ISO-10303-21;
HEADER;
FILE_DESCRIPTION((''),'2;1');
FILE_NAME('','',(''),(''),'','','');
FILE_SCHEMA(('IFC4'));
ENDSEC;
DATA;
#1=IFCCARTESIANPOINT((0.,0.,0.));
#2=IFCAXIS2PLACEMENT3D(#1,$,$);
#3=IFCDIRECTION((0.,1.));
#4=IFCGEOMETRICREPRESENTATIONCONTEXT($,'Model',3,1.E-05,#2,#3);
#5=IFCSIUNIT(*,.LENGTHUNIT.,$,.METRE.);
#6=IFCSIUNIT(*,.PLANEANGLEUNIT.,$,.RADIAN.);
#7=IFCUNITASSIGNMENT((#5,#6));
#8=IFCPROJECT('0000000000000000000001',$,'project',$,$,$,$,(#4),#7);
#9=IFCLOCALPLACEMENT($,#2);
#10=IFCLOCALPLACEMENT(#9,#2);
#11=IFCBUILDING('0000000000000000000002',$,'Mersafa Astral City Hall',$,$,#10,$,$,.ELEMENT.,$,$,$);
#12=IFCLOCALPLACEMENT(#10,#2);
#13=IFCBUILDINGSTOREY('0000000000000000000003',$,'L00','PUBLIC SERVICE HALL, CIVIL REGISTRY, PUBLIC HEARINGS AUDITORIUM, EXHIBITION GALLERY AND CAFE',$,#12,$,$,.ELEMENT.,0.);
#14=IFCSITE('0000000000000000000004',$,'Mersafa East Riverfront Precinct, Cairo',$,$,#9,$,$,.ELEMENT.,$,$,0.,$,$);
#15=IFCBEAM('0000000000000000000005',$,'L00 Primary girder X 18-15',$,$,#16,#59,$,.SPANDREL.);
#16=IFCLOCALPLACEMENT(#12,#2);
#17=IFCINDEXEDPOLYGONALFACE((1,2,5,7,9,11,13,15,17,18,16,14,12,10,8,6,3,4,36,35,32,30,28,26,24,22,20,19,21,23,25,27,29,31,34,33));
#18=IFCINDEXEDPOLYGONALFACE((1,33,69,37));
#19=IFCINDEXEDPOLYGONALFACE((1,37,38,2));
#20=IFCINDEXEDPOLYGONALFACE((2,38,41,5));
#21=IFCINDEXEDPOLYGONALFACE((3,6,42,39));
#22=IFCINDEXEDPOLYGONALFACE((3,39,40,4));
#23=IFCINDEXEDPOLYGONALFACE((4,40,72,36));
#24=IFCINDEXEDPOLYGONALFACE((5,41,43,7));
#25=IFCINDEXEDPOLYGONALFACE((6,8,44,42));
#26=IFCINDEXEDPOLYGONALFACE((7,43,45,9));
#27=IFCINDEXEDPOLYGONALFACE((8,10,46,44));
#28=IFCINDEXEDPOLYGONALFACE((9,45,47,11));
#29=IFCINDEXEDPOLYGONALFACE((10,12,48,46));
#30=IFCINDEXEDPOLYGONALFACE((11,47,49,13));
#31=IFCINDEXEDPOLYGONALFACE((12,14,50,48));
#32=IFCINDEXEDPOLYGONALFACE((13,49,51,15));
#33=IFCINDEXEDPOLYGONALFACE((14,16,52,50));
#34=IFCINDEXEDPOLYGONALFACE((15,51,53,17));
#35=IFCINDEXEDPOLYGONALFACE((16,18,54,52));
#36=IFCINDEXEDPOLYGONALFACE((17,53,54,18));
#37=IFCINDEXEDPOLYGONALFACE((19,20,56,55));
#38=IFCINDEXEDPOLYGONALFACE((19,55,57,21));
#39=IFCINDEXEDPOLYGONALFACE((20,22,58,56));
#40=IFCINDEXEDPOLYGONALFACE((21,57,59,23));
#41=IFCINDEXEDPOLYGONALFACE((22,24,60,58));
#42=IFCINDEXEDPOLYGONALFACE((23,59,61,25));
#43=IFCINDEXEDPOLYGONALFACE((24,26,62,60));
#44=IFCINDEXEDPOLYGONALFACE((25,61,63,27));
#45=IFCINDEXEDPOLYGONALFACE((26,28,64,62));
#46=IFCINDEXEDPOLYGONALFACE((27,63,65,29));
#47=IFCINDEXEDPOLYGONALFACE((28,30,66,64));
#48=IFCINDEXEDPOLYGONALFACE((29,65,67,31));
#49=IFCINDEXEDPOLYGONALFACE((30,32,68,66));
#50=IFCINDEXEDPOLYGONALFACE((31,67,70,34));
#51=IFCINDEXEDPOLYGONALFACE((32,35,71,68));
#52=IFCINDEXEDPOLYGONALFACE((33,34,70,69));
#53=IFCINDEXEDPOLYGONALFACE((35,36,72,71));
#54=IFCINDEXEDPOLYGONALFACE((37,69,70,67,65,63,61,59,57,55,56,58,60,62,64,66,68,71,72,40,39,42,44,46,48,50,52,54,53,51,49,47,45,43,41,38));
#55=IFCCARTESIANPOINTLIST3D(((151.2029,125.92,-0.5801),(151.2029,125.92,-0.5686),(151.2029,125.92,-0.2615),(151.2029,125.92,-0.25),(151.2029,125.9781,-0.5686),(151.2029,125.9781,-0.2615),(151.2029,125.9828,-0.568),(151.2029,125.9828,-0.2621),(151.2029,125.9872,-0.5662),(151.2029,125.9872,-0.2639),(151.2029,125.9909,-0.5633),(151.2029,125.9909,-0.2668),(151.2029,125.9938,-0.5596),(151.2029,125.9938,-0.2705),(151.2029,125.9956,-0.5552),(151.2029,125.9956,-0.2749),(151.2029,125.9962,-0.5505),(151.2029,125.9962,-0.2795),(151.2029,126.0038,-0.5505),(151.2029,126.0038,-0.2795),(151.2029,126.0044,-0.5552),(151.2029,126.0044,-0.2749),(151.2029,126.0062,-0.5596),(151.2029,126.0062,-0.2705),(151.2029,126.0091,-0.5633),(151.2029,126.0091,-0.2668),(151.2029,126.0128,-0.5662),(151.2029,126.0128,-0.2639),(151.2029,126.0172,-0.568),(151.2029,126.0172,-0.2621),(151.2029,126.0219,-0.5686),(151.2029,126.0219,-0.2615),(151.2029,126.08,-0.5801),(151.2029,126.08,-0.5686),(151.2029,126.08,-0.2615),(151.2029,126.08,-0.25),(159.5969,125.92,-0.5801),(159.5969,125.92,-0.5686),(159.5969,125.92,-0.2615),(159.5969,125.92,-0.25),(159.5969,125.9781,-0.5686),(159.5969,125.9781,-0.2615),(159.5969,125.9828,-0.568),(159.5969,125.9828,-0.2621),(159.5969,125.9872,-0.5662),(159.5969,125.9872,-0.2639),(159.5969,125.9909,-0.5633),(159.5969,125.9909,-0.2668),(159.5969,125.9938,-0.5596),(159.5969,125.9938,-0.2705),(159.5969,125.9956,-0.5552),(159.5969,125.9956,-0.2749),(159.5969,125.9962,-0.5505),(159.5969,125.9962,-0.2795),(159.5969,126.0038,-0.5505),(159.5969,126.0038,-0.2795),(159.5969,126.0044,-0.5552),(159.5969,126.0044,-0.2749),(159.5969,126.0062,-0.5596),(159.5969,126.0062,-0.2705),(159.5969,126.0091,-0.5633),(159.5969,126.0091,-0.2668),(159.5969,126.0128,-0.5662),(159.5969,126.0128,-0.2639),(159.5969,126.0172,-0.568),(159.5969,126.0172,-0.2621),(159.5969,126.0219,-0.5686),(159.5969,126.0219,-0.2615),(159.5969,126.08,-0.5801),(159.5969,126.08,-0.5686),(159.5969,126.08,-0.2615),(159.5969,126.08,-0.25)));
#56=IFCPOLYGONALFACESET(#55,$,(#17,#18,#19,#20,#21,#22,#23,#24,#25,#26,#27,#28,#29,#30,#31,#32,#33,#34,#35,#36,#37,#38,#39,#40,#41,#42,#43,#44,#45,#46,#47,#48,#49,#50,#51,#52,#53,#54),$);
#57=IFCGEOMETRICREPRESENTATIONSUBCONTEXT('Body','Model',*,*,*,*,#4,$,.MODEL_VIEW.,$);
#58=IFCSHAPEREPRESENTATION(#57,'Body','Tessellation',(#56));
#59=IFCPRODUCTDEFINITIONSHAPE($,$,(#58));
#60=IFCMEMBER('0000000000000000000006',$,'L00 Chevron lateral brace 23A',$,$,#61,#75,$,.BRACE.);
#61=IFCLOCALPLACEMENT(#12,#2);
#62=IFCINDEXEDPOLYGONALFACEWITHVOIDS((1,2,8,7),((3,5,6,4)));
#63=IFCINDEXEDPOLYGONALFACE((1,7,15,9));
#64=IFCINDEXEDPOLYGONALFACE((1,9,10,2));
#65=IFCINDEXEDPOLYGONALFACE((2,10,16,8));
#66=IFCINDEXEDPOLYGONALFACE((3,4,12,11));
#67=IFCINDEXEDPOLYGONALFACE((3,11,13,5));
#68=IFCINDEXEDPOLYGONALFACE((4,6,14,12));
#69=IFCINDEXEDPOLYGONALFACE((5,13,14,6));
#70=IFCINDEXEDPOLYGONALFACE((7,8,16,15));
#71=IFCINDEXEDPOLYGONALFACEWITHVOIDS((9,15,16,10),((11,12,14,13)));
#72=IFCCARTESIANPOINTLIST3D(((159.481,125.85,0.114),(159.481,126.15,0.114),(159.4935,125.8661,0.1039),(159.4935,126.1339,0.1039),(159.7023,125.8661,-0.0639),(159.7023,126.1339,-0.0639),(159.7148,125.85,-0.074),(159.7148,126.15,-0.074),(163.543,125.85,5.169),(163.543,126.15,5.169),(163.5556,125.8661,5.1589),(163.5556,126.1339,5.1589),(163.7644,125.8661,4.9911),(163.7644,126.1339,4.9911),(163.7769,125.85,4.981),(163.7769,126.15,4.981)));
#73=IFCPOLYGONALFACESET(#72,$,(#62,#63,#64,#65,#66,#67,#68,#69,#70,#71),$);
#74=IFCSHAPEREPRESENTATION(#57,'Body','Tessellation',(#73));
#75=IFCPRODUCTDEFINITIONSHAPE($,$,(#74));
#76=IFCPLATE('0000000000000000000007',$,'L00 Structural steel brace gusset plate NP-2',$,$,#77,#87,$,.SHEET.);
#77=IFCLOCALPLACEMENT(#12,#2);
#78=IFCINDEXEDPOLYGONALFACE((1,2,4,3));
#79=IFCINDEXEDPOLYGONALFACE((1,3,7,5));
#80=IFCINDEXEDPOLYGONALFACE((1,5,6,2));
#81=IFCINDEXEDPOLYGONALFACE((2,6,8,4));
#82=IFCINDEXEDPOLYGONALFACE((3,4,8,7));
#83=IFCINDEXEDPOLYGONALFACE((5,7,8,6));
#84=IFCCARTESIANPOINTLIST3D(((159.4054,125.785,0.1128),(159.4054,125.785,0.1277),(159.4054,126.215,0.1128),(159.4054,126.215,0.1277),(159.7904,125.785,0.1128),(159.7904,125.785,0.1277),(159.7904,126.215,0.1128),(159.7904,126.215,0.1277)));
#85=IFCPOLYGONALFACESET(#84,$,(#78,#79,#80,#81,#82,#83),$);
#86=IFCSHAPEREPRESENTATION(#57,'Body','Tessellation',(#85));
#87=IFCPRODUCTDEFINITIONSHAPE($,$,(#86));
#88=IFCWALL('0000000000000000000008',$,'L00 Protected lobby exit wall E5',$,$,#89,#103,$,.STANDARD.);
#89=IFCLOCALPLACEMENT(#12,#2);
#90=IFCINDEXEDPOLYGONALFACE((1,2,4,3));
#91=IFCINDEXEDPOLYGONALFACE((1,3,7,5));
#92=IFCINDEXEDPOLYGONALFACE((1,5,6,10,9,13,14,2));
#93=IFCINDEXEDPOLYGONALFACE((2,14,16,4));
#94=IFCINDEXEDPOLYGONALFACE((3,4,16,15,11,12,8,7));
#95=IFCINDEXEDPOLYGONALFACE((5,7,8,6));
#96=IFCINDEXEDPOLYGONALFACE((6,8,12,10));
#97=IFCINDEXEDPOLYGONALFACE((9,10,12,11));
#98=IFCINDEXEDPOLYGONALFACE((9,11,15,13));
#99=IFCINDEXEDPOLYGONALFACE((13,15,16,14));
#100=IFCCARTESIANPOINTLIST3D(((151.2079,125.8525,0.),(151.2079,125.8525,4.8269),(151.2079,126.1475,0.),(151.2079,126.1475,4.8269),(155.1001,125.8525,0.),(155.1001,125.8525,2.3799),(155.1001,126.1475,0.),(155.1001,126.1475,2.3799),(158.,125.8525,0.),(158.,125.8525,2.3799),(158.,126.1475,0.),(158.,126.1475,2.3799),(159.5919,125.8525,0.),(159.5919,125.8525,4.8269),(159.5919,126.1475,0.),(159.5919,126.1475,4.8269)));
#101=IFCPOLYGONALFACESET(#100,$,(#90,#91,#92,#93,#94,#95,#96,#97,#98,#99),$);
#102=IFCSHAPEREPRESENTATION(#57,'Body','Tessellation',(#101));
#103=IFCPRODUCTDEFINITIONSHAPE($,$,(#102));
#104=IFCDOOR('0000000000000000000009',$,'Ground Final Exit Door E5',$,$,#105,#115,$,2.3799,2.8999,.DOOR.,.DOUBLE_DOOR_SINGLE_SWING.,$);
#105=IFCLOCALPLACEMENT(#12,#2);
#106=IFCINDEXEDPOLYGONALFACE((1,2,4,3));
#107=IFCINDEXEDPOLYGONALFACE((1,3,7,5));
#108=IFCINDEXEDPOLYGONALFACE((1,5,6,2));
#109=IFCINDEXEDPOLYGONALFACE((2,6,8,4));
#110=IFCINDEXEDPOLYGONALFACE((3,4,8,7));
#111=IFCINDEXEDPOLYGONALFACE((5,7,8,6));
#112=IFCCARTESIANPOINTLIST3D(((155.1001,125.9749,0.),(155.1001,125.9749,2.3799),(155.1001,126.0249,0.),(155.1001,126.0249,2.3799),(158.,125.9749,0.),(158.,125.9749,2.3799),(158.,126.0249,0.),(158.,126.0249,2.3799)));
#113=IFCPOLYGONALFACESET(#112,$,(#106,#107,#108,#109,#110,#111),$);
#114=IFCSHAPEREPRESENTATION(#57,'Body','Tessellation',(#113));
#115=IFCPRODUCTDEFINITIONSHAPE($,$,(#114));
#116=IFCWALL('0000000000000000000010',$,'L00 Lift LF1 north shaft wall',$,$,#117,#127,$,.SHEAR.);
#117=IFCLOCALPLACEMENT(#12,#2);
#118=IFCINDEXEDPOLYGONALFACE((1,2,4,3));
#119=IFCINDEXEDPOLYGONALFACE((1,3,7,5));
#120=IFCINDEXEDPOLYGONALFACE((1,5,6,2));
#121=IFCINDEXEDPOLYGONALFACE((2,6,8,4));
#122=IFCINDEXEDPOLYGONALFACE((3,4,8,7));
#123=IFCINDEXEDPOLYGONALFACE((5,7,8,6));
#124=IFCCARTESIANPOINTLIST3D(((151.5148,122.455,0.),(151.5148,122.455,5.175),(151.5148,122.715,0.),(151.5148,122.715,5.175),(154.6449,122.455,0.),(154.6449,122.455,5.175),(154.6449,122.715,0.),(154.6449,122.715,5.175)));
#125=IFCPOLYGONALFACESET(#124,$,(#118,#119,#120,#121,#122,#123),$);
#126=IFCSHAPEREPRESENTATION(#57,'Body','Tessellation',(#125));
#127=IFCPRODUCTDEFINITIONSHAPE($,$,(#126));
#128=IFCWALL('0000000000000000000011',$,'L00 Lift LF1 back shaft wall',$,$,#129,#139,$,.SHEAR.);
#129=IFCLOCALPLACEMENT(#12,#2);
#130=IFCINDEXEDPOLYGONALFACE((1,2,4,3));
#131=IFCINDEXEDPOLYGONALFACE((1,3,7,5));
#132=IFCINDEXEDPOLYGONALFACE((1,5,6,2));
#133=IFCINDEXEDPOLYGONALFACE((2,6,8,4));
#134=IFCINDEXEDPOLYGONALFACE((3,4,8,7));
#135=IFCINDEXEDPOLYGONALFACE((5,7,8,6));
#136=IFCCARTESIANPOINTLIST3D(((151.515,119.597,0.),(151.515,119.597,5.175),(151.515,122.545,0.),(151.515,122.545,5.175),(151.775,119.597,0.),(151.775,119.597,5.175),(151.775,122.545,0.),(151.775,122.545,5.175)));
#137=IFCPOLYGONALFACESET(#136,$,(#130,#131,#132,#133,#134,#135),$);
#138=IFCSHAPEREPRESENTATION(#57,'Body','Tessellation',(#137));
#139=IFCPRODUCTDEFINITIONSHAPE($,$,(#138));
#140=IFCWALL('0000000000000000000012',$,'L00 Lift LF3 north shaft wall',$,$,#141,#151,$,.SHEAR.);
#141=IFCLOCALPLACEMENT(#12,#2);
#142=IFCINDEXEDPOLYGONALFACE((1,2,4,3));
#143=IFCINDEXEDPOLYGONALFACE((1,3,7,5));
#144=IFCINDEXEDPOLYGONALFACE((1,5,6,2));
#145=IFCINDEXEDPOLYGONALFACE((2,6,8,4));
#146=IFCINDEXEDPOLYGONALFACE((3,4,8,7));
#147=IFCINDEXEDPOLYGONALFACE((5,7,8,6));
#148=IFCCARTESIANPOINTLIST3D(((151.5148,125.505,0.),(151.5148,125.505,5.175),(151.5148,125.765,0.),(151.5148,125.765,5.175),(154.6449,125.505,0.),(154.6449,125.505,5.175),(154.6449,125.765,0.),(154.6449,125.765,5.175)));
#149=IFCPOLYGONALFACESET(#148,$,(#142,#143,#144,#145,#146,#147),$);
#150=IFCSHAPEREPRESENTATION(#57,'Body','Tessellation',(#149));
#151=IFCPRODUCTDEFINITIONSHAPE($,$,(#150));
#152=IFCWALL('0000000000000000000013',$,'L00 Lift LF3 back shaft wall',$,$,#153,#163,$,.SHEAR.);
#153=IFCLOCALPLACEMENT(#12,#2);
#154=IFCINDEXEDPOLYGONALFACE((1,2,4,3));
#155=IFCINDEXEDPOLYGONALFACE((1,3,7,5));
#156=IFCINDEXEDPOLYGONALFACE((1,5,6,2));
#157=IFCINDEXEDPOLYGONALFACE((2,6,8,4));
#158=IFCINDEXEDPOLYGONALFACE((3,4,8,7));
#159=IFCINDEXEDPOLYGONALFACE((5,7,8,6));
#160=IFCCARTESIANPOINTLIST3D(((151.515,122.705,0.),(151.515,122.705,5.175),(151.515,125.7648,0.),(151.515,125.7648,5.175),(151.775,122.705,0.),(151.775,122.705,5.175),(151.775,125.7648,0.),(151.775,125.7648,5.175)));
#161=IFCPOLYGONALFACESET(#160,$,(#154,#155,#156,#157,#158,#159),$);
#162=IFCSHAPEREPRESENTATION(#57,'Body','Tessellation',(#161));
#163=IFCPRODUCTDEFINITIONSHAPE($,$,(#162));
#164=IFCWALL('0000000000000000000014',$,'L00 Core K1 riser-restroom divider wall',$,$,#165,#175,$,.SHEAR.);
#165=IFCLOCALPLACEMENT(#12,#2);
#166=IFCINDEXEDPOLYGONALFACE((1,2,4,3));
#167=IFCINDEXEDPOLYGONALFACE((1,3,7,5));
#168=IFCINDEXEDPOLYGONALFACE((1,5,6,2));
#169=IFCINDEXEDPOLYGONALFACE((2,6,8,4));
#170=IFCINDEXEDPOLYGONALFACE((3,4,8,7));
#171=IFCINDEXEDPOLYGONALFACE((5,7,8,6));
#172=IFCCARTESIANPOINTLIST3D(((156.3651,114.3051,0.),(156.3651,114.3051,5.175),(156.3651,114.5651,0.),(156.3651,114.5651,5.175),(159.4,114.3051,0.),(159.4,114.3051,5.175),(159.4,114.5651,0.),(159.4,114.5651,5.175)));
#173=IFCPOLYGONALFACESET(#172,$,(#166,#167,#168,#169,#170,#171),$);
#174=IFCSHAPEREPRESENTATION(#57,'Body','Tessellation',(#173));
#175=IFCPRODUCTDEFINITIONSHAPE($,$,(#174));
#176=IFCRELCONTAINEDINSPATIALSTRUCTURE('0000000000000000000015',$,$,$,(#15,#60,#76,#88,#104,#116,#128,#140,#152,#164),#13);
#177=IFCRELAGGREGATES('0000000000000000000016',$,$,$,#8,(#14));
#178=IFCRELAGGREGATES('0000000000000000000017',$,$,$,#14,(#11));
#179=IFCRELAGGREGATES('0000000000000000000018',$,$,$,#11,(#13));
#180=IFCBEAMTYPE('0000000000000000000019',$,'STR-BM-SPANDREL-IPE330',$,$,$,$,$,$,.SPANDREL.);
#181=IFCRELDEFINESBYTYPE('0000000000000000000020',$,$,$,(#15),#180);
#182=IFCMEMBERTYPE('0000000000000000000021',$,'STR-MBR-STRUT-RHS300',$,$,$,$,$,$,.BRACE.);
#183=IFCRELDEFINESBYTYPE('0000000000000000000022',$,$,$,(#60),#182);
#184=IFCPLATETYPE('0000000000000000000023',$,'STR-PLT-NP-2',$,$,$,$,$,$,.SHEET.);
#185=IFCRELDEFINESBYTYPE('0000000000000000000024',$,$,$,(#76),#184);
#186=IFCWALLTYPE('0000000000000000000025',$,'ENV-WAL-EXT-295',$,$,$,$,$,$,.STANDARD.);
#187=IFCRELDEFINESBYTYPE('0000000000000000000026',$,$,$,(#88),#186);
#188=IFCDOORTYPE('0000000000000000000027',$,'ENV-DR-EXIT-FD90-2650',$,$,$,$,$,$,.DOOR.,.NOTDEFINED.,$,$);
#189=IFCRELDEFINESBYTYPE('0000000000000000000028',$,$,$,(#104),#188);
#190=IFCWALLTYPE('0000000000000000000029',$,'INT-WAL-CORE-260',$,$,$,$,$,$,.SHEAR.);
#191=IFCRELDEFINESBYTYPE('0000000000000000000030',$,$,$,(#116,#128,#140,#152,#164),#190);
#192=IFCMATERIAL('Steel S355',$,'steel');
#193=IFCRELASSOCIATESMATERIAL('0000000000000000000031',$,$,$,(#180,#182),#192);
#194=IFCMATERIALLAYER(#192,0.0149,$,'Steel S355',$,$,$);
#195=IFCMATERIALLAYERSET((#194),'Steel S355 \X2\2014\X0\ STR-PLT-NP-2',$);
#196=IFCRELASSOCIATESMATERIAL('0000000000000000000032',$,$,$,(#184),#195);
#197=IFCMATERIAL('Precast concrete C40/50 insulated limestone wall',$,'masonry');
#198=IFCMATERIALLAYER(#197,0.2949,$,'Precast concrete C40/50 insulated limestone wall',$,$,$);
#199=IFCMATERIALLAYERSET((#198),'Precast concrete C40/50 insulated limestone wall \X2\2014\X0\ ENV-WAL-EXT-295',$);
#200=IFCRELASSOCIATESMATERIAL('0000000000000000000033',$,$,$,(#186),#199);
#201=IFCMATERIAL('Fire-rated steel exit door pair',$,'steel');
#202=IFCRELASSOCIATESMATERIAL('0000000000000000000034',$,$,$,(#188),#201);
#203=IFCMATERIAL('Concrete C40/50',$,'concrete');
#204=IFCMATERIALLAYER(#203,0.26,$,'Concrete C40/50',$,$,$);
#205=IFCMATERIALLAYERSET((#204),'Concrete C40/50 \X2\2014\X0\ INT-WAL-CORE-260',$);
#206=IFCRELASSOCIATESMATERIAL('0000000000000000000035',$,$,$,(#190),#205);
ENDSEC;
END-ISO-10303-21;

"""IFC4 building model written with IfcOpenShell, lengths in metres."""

from ifc_helpers import new_model, si_unit, direction, frame, frame_2d, origin, origin_2d, place, context, subcontext, project, spatial, rectangle, hollow_rectangle, i_section, extrude, material, layer, layer_set, material_profile, profile_set, type_object, element, fill, save


model = new_model("IFC4")

# Units and contexts
model_context = context("Model", 3, precision=1e-05, world=origin(), true_north=direction((0.0, 1.0)))
body_context = subcontext(model_context, "Body", "Model", "MODEL_VIEW")
ifc_project = project(units=[si_unit("LENGTHUNIT", "METRE"), si_unit("PLANEANGLEUNIT", "RADIAN")], contexts=[model_context])

# Site, building, storey
site_placement = place(None, origin())
site = spatial("IfcSite", under=ifc_project, at=site_placement, Name="Mersafa East Riverfront Precinct, Cairo", CompositionType="ELEMENT", RefElevation=0.0)
building_placement = place(site_placement, origin())
building = spatial("IfcBuilding", under=site, at=building_placement, Name="Mersafa Astral City Hall", CompositionType="ELEMENT")
storey_placement = place(building_placement, origin())
storey = spatial("IfcBuildingStorey", under=building, at=storey_placement, Name="L00", Description="PUBLIC SERVICE HALL, CIVIL REGISTRY, PUBLIC HEARINGS AUDITORIUM, EXHIBITION GALLERY AND CAFE", CompositionType="ELEMENT", Elevation=0.0)

# Beam
ifc_material_1 = material(Name="Steel S355", Category="steel")
ifc_material_profile_1 = material_profile(ifc_material_1, i_section(OverallWidth=0.1599, OverallDepth=0.3301, WebThickness=0.0076, FlangeThickness=0.0115, FilletRadius=0.0181, at=origin_2d()), Name="IPE 330")
ifc_profile_set_1 = profile_set([ifc_material_profile_1], Name="Steel S355")
beam_type = type_object("IfcBeamType", Name="STR-BM-SPANDREL-IPE330", PredefinedType="SPANDREL", material=ifc_profile_set_1)
beam_placement = place(storey_placement, frame((151.2029, 126.0, -0.415), z_axis=(1.0, 0.0, 0.0), x_axis=(0.0, 1.0, 0.0)))
element("IfcBeam", 1, at=beam_placement, inside=storey, type_object=beam_type, Name="L00 Primary girder X 18-15", PredefinedType="SPANDREL", context=body_context, shape_type="SweptSolid", body=[
    extrude(i_section(OverallWidth=0.1599, OverallDepth=0.3301, WebThickness=0.0076, FlangeThickness=0.0115, FilletRadius=0.0181, at=origin_2d()), origin(), (0.0, 0.0, 1.0), 8.394),
])

# Member
ifc_material_profile_2 = material_profile(ifc_material_1, hollow_rectangle(XDim=0.3, YDim=0.3, WallThickness=0.0161, at=origin_2d()), Name="RHS 300x300x16")
ifc_profile_set_2 = profile_set([ifc_material_profile_2], Name="Steel S355")
member_type = type_object("IfcMemberType", Name="STR-MBR-STRUT-RHS300", PredefinedType="BRACE", material=ifc_profile_set_2)
member_placement = place(storey_placement, frame((159.5979, 126.0, 0.02), z_axis=(0.626392, 0.0, 0.779508), x_axis=(0.0, 1.0, 0.0)))
element("IfcMember", 2, at=member_placement, inside=storey, type_object=member_type, Name="L00 Chevron lateral brace 23A", PredefinedType="BRACE", context=body_context, shape_type="SweptSolid", body=[
    extrude(hollow_rectangle(XDim=0.3, YDim=0.3, WallThickness=0.0161, at=origin_2d()), origin(), (0.0, 0.0, 1.0), 6.4849),
])

# Plate
ifc_layer_1 = layer(ifc_material_1, 0.0149, Name="Steel S355")
ifc_layer_set_1 = layer_set([ifc_layer_1], Name="Steel S355 — STR-PLT-NP-2")
plate_type = type_object("IfcPlateType", Name="STR-PLT-NP-2", PredefinedType="SHEET", material=ifc_layer_set_1)
plate_placement = place(storey_placement, frame((159.5979, 126.0, 0.1128), z_axis=(0.0, 0.0, 1.0), x_axis=(1.0, 0.0, 0.0)))
element("IfcPlate", 3, at=plate_placement, inside=storey, type_object=plate_type, Name="L00 Structural steel brace gusset plate NP-2", PredefinedType="SHEET", context=body_context, shape_type="SweptSolid", body=[
    extrude(rectangle(XDim=0.385, YDim=0.4299, at=origin_2d()), origin(), (0.0, 0.0, 1.0), 0.0149),
])

# Wall, opening, door
ifc_material_2 = material(Name="Precast concrete C40/50 insulated limestone wall", Category="masonry")
ifc_layer_2 = layer(ifc_material_2, 0.2949, Name="Precast concrete C40/50 insulated limestone wall")
ifc_layer_set_2 = layer_set([ifc_layer_2], Name="Precast concrete C40/50 insulated limestone wall — ENV-WAL-EXT-295")
wall_type_1 = type_object("IfcWallType", Name="ENV-WAL-EXT-295", PredefinedType="STANDARD", material=ifc_layer_set_2)
wall_1_placement = place(storey_placement, frame((151.208, 126.0, 0.0), z_axis=(0.0, 0.0, 1.0), x_axis=(1.0, 0.0, 0.0)))
wall_1 = element("IfcWall", 4, at=wall_1_placement, inside=storey, type_object=wall_type_1, Name="L00 Protected lobby exit wall E5", PredefinedType="STANDARD", context=body_context, shape_type="SweptSolid", body=[
    extrude(rectangle(XDim=8.384, YDim=0.2949, at=frame_2d((4.1919, 0.0))), origin(), (0.0, 0.0, 1.0), 4.8269),
])
opening_1_placement = place(wall_1_placement, frame((3.8921, 0.0, 0.0)))
opening_1 = element("IfcOpeningElement", 5, at=opening_1_placement, cuts=wall_1, PredefinedType="OPENING", context=body_context, shape_type="SweptSolid", body=[
    extrude(rectangle(XDim=2.8999, YDim=2.3799, at=frame_2d((1.45, 1.1899))), frame((0.0, 0.1575, 0.0), z_axis=(0.0, -1.0, 0.0), x_axis=(1.0, 0.0, 0.0)), (0.0, 0.0, 1.0), 0.3149),
])
ifc_material_3 = material(Name="Fire-rated steel exit door pair", Category="steel")
door_type_1 = type_object("IfcDoorType", Name="ENV-DR-EXIT-FD90-2650", OperationType="NOTDEFINED", PredefinedType="DOOR", material=ifc_material_3)
door_1_placement = place(opening_1_placement, origin())
door_1 = element("IfcDoor", 6, at=door_1_placement, inside=storey, type_object=door_type_1, Name="Ground Final Exit Door E5", OperationType="DOUBLE_DOOR_SINGLE_SWING", OverallHeight=2.3799, OverallWidth=2.8999, PredefinedType="DOOR", context=body_context, shape_type="SweptSolid", body=[
    extrude(rectangle(XDim=2.8999, YDim=2.3799, at=frame_2d((1.45, 1.1899))), frame((0.0, 0.0249, 0.0), z_axis=(0.0, -1.0, 0.0), x_axis=(1.0, 0.0, 0.0)), (0.0, 0.0, 1.0), 0.05),
])
fill(opening_1, door_1)

# Walls
ifc_material_4 = material(Name="Concrete C40/50", Category="concrete")
ifc_layer_3 = layer(ifc_material_4, 0.26, Name="Concrete C40/50")
ifc_layer_set_3 = layer_set([ifc_layer_3], Name="Concrete C40/50 — INT-WAL-CORE-260")
wall_type_2 = type_object("IfcWallType", Name="INT-WAL-CORE-260", PredefinedType="SHEAR", material=ifc_layer_set_3)
wall_2_placement = place(storey_placement, frame((151.5149, 122.585, 0.0), z_axis=(0.0, 0.0, 1.0), x_axis=(1.0, 0.0, 0.0)))
element("IfcWall", 7, at=wall_2_placement, inside=storey, type_object=wall_type_2, Name="L00 Lift LF1 north shaft wall", PredefinedType="SHEAR", context=body_context, shape_type="SweptSolid", body=[
    extrude(rectangle(XDim=3.1301, YDim=0.26, at=frame_2d((1.5649, 0.0))), origin(), (0.0, 0.0, 1.0), 5.175),
])
wall_3_placement = place(storey_placement, frame((151.645, 119.5969, 0.0), z_axis=(0.0, 0.0, 1.0), x_axis=(0.0, 1.0, 0.0)))
element("IfcWall", 8, at=wall_3_placement, inside=storey, type_object=wall_type_2, Name="L00 Lift LF1 back shaft wall", PredefinedType="SHEAR", context=body_context, shape_type="SweptSolid", body=[
    extrude(rectangle(XDim=2.948, YDim=0.26, at=frame_2d((1.4741, 0.0))), origin(), (0.0, 0.0, 1.0), 5.175),
])

# Walls
wall_4_placement = place(storey_placement, frame((151.5149, 125.635, 0.0), z_axis=(0.0, 0.0, 1.0), x_axis=(1.0, 0.0, 0.0)))
element("IfcWall", 9, at=wall_4_placement, inside=storey, type_object=wall_type_2, Name="L00 Lift LF3 north shaft wall", PredefinedType="SHEAR", context=body_context, shape_type="SweptSolid", body=[
    extrude(rectangle(XDim=3.1301, YDim=0.26, at=frame_2d((1.5649, 0.0))), origin(), (0.0, 0.0, 1.0), 5.175),
])
wall_5_placement = place(storey_placement, frame((151.645, 122.7051, 0.0), z_axis=(0.0, 0.0, 1.0), x_axis=(0.0, 1.0, 0.0)))
element("IfcWall", 10, at=wall_5_placement, inside=storey, type_object=wall_type_2, Name="L00 Lift LF3 back shaft wall", PredefinedType="SHEAR", context=body_context, shape_type="SweptSolid", body=[
    extrude(rectangle(XDim=3.0598, YDim=0.26, at=frame_2d((1.5298, 0.0))), origin(), (0.0, 0.0, 1.0), 5.175),
])

# Wall
for number, where, z_axis, x_axis, name in (
    (11, (156.365, 114.4351, 0.0), (0.0, 0.0, 1.0), (1.0, 0.0, 0.0), "L00 Core K1 riser-restroom divider wall"),
):
    element("IfcWall", number, at=place(storey_placement, frame(where, z_axis=z_axis, x_axis=x_axis)), inside=storey, type_object=wall_type_2, Name=name, PredefinedType="SHEAR", context=body_context, shape_type="SweptSolid", body=[
        extrude(rectangle(XDim=3.0349, YDim=0.26, at=frame_2d((1.5176, 0.0))), origin(), (0.0, 0.0, 1.0), 5.175),
    ])

save(model, "model.ifc")
